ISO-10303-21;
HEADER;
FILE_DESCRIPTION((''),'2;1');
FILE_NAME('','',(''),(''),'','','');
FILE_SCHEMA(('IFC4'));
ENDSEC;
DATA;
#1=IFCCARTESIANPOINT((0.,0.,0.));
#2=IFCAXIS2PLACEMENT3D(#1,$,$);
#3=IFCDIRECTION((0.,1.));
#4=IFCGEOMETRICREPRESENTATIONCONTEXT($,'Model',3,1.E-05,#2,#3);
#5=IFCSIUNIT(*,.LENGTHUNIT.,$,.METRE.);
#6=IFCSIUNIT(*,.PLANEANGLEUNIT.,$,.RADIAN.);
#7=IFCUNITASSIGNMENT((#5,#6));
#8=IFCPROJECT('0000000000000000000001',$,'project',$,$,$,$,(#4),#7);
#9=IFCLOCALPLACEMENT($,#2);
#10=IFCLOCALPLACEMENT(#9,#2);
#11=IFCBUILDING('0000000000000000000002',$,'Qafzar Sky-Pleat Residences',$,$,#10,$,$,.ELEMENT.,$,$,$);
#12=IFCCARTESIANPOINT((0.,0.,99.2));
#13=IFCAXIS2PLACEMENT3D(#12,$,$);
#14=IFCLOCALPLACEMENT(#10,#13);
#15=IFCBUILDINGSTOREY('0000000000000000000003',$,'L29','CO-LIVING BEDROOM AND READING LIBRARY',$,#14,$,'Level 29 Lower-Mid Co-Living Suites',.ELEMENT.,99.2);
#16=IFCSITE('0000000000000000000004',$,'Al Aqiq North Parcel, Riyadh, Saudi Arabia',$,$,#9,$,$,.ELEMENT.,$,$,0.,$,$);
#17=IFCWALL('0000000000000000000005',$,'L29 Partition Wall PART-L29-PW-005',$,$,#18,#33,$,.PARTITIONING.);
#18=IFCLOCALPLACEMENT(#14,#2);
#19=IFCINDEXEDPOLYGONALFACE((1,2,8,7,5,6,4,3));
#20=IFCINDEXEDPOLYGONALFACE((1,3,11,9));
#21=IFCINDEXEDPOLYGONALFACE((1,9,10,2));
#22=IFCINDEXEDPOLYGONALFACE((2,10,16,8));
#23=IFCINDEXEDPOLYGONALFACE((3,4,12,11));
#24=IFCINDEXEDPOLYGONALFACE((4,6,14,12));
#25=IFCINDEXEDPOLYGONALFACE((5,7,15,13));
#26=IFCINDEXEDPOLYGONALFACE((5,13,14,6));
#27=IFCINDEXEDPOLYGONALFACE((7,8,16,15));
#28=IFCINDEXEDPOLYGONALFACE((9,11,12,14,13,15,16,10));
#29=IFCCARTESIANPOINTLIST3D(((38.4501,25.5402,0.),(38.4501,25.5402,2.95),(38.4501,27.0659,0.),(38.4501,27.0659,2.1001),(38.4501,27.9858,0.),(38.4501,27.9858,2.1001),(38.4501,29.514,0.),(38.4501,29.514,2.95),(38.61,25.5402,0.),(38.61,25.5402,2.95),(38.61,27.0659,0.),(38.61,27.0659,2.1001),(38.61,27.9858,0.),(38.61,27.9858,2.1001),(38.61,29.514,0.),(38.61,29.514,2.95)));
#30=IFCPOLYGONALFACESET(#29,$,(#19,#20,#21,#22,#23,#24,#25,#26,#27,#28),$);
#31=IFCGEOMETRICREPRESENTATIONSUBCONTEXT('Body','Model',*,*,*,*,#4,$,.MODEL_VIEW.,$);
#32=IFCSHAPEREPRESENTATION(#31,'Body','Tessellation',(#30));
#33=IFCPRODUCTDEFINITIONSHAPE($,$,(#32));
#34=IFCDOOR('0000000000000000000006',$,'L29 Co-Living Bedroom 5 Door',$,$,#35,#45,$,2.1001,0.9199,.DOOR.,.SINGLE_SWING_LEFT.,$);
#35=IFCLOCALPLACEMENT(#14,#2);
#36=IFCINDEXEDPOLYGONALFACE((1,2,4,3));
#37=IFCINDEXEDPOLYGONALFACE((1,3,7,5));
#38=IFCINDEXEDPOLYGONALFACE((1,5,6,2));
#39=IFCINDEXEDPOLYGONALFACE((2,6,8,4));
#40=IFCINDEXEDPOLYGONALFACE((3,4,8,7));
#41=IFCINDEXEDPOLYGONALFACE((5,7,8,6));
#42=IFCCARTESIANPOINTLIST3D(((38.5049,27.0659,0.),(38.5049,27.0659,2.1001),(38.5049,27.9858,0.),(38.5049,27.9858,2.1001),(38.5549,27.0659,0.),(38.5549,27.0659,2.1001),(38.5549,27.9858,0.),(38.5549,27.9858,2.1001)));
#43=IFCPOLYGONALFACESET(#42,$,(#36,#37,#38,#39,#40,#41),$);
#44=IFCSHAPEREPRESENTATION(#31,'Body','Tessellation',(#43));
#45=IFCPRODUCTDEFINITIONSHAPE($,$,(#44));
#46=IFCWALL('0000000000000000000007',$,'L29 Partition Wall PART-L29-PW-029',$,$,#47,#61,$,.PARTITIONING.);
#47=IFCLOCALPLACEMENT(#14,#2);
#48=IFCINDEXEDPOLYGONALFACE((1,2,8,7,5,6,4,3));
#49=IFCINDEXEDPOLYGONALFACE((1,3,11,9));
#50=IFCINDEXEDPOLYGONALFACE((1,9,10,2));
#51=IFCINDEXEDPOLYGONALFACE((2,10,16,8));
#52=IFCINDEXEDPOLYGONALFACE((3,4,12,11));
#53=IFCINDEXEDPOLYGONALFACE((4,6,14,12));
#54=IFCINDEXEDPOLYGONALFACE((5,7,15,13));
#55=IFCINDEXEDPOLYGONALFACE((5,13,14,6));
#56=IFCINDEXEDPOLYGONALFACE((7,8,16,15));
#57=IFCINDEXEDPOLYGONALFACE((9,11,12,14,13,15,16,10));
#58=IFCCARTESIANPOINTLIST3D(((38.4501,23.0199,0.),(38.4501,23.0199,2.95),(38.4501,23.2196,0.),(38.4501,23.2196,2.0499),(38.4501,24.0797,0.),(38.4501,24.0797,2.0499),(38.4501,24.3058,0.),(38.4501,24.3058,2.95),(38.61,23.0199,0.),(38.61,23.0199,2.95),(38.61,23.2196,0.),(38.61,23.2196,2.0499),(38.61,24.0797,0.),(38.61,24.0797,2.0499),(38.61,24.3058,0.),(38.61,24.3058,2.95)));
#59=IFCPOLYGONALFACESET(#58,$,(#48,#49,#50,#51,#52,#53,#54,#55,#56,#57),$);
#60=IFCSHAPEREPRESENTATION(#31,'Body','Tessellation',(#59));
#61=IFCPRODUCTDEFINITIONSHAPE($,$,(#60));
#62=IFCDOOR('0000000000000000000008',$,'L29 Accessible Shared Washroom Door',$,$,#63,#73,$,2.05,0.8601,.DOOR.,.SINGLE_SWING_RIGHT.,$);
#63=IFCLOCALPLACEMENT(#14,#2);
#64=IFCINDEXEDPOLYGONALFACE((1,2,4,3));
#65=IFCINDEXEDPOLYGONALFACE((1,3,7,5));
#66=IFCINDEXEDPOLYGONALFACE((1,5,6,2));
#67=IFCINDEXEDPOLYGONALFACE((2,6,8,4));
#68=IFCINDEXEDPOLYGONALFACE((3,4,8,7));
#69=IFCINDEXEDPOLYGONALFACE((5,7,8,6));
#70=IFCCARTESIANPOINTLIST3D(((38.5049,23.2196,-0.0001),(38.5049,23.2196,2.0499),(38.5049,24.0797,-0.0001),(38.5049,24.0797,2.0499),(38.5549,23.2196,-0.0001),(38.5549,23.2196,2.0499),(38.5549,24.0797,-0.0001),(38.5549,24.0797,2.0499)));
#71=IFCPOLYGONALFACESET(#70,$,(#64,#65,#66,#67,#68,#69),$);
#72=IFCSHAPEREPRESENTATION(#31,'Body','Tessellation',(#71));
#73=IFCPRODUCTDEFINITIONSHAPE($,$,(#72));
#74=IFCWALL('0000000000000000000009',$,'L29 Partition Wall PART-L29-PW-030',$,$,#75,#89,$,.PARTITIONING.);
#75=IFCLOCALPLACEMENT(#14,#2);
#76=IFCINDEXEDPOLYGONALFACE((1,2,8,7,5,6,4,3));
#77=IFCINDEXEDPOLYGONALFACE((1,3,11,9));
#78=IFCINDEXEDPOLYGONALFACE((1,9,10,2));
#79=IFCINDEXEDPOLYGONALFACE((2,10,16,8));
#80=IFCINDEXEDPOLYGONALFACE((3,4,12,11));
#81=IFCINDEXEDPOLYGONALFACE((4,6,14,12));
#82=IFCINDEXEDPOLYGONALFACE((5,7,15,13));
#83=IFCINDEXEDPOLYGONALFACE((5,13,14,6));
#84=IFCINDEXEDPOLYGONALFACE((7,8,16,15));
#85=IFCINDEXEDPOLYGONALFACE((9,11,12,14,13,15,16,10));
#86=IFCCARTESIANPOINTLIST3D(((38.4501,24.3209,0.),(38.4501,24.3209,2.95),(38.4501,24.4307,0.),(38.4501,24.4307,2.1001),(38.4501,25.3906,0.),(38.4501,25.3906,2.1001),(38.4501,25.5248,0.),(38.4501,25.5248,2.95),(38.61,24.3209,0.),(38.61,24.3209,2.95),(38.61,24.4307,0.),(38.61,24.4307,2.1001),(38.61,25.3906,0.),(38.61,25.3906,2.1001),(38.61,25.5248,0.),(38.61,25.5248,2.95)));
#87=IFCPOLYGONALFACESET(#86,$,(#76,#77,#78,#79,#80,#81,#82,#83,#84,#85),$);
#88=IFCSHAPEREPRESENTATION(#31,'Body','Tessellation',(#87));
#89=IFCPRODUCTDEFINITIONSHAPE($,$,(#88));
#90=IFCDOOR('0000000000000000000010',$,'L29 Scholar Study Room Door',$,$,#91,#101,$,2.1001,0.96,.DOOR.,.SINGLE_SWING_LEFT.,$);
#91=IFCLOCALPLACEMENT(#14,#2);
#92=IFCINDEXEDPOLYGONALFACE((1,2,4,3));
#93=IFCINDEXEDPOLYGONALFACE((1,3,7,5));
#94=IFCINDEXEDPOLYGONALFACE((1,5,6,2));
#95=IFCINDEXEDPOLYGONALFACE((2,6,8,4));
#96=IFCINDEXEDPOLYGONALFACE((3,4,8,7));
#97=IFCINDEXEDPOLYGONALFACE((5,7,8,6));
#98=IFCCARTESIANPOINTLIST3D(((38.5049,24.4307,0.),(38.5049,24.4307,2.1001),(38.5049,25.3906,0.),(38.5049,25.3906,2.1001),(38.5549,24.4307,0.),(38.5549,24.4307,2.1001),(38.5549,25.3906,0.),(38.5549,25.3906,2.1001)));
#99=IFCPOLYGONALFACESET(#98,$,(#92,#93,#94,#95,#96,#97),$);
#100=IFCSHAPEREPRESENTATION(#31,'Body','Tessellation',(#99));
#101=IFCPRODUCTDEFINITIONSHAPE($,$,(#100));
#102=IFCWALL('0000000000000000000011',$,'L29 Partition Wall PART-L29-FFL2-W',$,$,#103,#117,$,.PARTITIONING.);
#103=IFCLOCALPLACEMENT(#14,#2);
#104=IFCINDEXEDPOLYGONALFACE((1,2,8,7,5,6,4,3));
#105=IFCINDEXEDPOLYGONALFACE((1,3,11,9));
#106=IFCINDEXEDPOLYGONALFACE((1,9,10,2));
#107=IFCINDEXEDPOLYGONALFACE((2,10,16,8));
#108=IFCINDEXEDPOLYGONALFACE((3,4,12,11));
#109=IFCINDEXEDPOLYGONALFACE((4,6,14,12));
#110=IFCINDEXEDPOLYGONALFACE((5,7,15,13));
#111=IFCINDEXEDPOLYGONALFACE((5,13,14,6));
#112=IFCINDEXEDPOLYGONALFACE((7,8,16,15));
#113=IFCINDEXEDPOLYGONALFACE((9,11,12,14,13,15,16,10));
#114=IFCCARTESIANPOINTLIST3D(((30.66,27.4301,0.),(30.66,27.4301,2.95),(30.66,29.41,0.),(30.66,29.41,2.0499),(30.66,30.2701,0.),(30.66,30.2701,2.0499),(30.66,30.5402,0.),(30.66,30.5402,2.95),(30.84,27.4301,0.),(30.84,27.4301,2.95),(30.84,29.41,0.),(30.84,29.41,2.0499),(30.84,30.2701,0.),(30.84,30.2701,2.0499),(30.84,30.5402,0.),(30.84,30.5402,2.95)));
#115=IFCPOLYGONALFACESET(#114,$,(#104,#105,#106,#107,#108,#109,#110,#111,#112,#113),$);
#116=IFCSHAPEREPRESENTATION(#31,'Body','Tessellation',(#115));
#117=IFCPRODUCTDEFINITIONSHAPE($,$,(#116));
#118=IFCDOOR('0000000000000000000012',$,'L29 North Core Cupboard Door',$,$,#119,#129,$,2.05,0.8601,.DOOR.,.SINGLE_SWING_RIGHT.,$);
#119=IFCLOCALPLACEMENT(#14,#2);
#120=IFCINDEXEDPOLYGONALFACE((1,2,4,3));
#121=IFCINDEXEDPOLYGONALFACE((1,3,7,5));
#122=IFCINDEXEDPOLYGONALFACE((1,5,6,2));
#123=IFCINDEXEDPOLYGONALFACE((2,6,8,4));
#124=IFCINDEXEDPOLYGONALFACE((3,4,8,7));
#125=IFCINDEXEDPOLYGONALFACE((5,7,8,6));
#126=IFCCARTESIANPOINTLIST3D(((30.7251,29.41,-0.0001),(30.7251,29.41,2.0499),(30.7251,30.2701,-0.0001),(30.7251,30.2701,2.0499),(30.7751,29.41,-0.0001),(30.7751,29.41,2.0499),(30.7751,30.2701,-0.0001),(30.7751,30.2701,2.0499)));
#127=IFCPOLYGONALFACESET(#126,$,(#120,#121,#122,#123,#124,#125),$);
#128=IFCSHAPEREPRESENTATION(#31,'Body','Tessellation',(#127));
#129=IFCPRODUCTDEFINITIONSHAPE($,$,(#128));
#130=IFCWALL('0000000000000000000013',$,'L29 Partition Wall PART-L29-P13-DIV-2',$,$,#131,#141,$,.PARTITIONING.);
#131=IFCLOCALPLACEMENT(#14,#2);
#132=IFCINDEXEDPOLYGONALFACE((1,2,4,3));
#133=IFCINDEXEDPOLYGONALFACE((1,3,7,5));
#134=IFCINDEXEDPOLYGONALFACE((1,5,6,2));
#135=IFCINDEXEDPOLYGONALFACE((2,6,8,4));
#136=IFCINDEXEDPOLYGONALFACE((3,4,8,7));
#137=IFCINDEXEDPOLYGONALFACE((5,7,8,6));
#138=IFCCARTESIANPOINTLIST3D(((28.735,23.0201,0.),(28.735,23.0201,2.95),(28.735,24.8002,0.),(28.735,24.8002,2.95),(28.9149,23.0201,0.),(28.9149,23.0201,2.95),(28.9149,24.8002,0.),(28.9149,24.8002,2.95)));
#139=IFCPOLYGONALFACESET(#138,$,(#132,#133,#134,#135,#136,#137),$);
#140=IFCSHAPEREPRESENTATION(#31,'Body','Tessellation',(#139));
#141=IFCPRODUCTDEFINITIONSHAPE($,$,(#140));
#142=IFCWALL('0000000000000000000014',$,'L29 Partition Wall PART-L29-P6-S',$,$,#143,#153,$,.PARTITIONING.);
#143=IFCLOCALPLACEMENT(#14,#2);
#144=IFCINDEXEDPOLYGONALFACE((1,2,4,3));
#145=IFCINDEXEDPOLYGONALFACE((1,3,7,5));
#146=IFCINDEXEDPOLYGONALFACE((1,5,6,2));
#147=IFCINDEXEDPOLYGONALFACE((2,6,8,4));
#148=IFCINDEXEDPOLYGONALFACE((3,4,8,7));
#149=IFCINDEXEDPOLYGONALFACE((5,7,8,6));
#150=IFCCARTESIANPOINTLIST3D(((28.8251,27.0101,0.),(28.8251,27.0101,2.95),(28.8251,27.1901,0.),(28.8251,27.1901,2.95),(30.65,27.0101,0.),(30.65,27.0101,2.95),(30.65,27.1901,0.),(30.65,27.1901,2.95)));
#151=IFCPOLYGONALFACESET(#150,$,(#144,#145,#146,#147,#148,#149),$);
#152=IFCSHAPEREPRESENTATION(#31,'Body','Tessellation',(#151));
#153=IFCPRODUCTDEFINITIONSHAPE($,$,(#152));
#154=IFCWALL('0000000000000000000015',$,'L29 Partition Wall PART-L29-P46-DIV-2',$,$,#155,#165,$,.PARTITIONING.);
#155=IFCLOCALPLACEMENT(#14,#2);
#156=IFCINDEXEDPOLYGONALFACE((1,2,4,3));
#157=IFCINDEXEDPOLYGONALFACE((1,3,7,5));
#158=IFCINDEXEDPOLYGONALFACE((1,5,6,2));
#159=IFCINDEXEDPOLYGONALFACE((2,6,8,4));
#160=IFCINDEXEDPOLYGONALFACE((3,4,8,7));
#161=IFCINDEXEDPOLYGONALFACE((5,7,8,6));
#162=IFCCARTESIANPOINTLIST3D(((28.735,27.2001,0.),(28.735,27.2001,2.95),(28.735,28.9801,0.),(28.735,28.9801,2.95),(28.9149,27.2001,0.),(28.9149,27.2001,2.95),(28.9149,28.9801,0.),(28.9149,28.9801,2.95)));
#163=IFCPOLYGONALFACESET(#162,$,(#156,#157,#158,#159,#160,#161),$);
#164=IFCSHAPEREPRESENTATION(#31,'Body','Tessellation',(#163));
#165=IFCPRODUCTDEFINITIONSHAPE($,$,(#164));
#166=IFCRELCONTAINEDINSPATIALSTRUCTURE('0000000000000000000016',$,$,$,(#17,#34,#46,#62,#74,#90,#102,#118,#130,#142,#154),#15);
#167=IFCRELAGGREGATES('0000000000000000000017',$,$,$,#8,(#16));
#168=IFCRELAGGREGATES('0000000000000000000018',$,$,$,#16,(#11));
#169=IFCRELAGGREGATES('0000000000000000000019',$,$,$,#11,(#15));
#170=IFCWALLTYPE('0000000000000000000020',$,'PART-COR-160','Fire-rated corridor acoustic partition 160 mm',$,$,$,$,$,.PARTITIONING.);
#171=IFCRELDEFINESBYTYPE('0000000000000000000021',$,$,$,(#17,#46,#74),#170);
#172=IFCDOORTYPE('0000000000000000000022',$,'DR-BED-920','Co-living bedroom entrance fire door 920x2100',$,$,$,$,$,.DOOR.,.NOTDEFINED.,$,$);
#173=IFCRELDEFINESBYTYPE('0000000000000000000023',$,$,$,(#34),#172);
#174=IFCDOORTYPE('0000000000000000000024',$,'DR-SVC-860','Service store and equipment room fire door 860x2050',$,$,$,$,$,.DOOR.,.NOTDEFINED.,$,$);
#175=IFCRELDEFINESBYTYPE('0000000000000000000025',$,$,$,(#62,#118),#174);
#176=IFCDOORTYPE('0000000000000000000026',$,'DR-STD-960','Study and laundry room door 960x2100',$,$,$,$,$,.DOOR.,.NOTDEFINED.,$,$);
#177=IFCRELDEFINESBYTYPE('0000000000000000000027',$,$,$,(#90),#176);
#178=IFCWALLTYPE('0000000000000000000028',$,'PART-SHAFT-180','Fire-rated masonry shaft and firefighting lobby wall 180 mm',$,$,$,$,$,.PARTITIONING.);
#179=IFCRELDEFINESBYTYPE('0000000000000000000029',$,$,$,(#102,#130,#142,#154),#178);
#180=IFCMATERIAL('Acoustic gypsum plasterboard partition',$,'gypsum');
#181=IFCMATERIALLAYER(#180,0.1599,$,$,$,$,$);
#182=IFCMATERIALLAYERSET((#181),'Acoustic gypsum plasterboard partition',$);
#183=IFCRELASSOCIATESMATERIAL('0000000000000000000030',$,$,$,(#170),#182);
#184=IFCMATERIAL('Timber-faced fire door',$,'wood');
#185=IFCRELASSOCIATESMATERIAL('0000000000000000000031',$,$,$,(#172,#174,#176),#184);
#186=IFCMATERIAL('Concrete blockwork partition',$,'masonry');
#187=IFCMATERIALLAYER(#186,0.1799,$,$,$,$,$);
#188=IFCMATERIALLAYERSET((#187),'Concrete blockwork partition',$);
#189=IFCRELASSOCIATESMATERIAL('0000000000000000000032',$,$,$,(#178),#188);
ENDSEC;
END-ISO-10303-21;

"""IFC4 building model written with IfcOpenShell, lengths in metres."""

from ifc_helpers import new_model, si_unit, direction, frame, frame_2d, origin, place, context, subcontext, project, spatial, rectangle, extrude, source, transform, mapped, material, layer, layer_set, type_object, element, fill, save


model = new_model("IFC4")

# Units and contexts
model_context = context("Model", 3, precision=1e-05, world=origin(), true_north=direction((0.0, 1.0)))
body_context = subcontext(model_context, "Body", "Model", "MODEL_VIEW")
ifc_project = project(units=[si_unit("LENGTHUNIT", "METRE"), si_unit("PLANEANGLEUNIT", "RADIAN")], contexts=[model_context])

# Site, building, storey
site_placement = place(None, origin())
site = spatial("IfcSite", under=ifc_project, at=site_placement, Name="Al Aqiq North Parcel, Riyadh, Saudi Arabia", CompositionType="ELEMENT", RefElevation=0.0)
building_placement = place(site_placement, origin())
building = spatial("IfcBuilding", under=site, at=building_placement, Name="Qafzar Sky-Pleat Residences", CompositionType="ELEMENT")
storey_placement = place(building_placement, frame((0.0, 0.0, 99.2)))
storey = spatial("IfcBuildingStorey", under=building, at=storey_placement, Name="L29", Description="CO-LIVING BEDROOM AND READING LIBRARY", LongName="Level 29 Lower-Mid Co-Living Suites", CompositionType="ELEMENT", Elevation=99.2)

# Walls, openings, doors
ifc_material_1 = material(Name="Acoustic gypsum plasterboard partition", Category="gypsum")
ifc_layer_1 = layer(ifc_material_1, 0.1599)
ifc_layer_set_1 = layer_set([ifc_layer_1], Name="Acoustic gypsum plasterboard partition")
wall_type_1 = type_object("IfcWallType", Name="PART-COR-160", Description="Fire-rated corridor acoustic partition 160 mm", PredefinedType="PARTITIONING", material=ifc_layer_set_1)
wall_1_placement = place(storey_placement, frame((38.53, 29.5139, 0.0), z_axis=(0.0, 0.0, 1.0), x_axis=(0.0, -1.0, 0.0)))
wall_1 = element("IfcWall", 1, at=wall_1_placement, inside=storey, type_object=wall_type_1, Name="L29 Partition Wall PART-L29-PW-005", PredefinedType="PARTITIONING", context=body_context, shape_type="SweptSolid", body=[
    extrude(rectangle(XDim=3.9739, YDim=0.1599, at=frame_2d((1.9868, 0.0))), origin(), (0.0, 0.0, 1.0), 2.95),
])
opening_1_placement = place(wall_1_placement, frame((1.5281, 0.0, 0.0)))
opening_1 = element("IfcOpeningElement", 2, at=opening_1_placement, cuts=wall_1, PredefinedType="OPENING", context=body_context, shape_type="SweptSolid", body=[
    extrude(rectangle(XDim=0.9199, YDim=2.1001, at=frame_2d((0.46, 1.05))), frame((0.0, 0.0898, 0.0), z_axis=(0.0, -1.0, 0.0), x_axis=(1.0, 0.0, 0.0)), (0.0, 0.0, 1.0), 0.1799),
])
ifc_material_2 = material(Name="Timber-faced fire door", Category="wood")
door_type_1 = type_object("IfcDoorType", Name="DR-BED-920", Description="Co-living bedroom entrance fire door 920x2100", OperationType="NOTDEFINED", PredefinedType="DOOR", material=ifc_material_2)
shared_shape_1 = source(origin(), body_context, "Body", "SweptSolid", [
    extrude(rectangle(XDim=0.9199, YDim=2.1001, at=frame_2d((0.46, 1.05))), frame((0.0, 0.0249, 0.0), z_axis=(0.0, -1.0, 0.0), x_axis=(1.0, 0.0, 0.0)), (0.0, 0.0, 1.0), 0.05),
])
door_1_placement = place(opening_1_placement, origin())
door_1 = element("IfcDoor", 3, at=door_1_placement, inside=storey, type_object=door_type_1, Name="L29 Co-Living Bedroom 5 Door", OperationType="SINGLE_SWING_LEFT", OverallHeight=2.1001, OverallWidth=0.9199, PredefinedType="DOOR", context=body_context, shape_type="MappedRepresentation", body=[
    mapped(shared_shape_1, transform((0.0, 0.0, 0.0), x_axis=(1.0, 0.0, 0.0), y_axis=(0.0, 1.0, 0.0), z_axis=(0.0, 0.0, 1.0), scale=1.0)),
])
fill(opening_1, door_1)
wall_2_placement = place(storey_placement, frame((38.53, 24.3059, 0.0), z_axis=(0.0, 0.0, 1.0), x_axis=(0.0, -1.0, 0.0)))
wall_2 = element("IfcWall", 4, at=wall_2_placement, inside=storey, type_object=wall_type_1, Name="L29 Partition Wall PART-L29-PW-029", PredefinedType="PARTITIONING", context=body_context, shape_type="SweptSolid", body=[
    extrude(rectangle(XDim=1.2859, YDim=0.1599, at=frame_2d((0.6431, 0.0))), origin(), (0.0, 0.0, 1.0), 2.95),
])
opening_2_placement = place(wall_2_placement, frame((0.2261, 0.0, 0.0)))
opening_2 = element("IfcOpeningElement", 5, at=opening_2_placement, cuts=wall_2, PredefinedType="OPENING", context=body_context, shape_type="SweptSolid", body=[
    extrude(rectangle(XDim=0.8601, YDim=2.05, at=frame_2d((0.4302, 1.0249))), frame((0.0, 0.0898, 0.0), z_axis=(0.0, -1.0, 0.0), x_axis=(1.0, 0.0, 0.0)), (0.0, 0.0, 1.0), 0.1799),
])
door_type_2 = type_object("IfcDoorType", Name="DR-SVC-860", Description="Service store and equipment room fire door 860x2050", OperationType="NOTDEFINED", PredefinedType="DOOR", material=ifc_material_2)
shared_shape_2 = source(origin(), body_context, "Body", "SweptSolid", [
    extrude(rectangle(XDim=0.8601, YDim=2.05, at=frame_2d((0.4302, 1.0249))), frame((0.0, 0.0249, 0.0), z_axis=(0.0, -1.0, 0.0), x_axis=(1.0, 0.0, 0.0)), (0.0, 0.0, 1.0), 0.05),
])
door_2_placement = place(opening_2_placement, origin())
door_2 = element("IfcDoor", 6, at=door_2_placement, inside=storey, type_object=door_type_2, Name="L29 Accessible Shared Washroom Door", OperationType="SINGLE_SWING_RIGHT", OverallHeight=2.05, OverallWidth=0.8601, PredefinedType="DOOR", context=body_context, shape_type="MappedRepresentation", body=[
    mapped(shared_shape_2, transform((0.0, 0.0, 0.0), x_axis=(1.0, 0.0, 0.0), y_axis=(0.0, 1.0, 0.0), z_axis=(0.0, 0.0, 1.0), scale=1.0)),
])
fill(opening_2, door_2)
wall_3_placement = place(storey_placement, frame((38.53, 25.5249, 0.0), z_axis=(0.0, 0.0, 1.0), x_axis=(0.0, -1.0, 0.0)))
wall_3 = element("IfcWall", 7, at=wall_3_placement, inside=storey, type_object=wall_type_1, Name="L29 Partition Wall PART-L29-PW-030", PredefinedType="PARTITIONING", context=body_context, shape_type="SweptSolid", body=[
    extrude(rectangle(XDim=1.2039, YDim=0.1599, at=frame_2d((0.6021, 0.0))), origin(), (0.0, 0.0, 1.0), 2.95),
])
opening_3_placement = place(wall_3_placement, frame((0.1343, 0.0, 0.0)))
opening_3 = element("IfcOpeningElement", 8, at=opening_3_placement, cuts=wall_3, PredefinedType="OPENING", context=body_context, shape_type="SweptSolid", body=[
    extrude(rectangle(XDim=0.96, YDim=2.1001, at=frame_2d((0.48, 1.05))), frame((0.0, 0.0898, 0.0), z_axis=(0.0, -1.0, 0.0), x_axis=(1.0, 0.0, 0.0)), (0.0, 0.0, 1.0), 0.1799),
])
door_type_3 = type_object("IfcDoorType", Name="DR-STD-960", Description="Study and laundry room door 960x2100", OperationType="NOTDEFINED", PredefinedType="DOOR", material=ifc_material_2)
shared_shape_3 = source(origin(), body_context, "Body", "SweptSolid", [
    extrude(rectangle(XDim=0.96, YDim=2.1001, at=frame_2d((0.48, 1.05))), frame((0.0, 0.0249, 0.0), z_axis=(0.0, -1.0, 0.0), x_axis=(1.0, 0.0, 0.0)), (0.0, 0.0, 1.0), 0.05),
])
door_3_placement = place(opening_3_placement, origin())
door_3 = element("IfcDoor", 9, at=door_3_placement, inside=storey, type_object=door_type_3, Name="L29 Scholar Study Room Door", OperationType="SINGLE_SWING_LEFT", OverallHeight=2.1001, OverallWidth=0.96, PredefinedType="DOOR", context=body_context, shape_type="MappedRepresentation", body=[
    mapped(shared_shape_3, transform((0.0, 0.0, 0.0), x_axis=(1.0, 0.0, 0.0), y_axis=(0.0, 1.0, 0.0), z_axis=(0.0, 0.0, 1.0), scale=1.0)),
])
fill(opening_3, door_3)
ifc_material_3 = material(Name="Concrete blockwork partition", Category="masonry")
ifc_layer_2 = layer(ifc_material_3, 0.1799)
ifc_layer_set_2 = layer_set([ifc_layer_2], Name="Concrete blockwork partition")
wall_type_2 = type_object("IfcWallType", Name="PART-SHAFT-180", Description="Fire-rated masonry shaft and firefighting lobby wall 180 mm", PredefinedType="PARTITIONING", material=ifc_layer_set_2)
wall_4_placement = place(storey_placement, frame((30.75, 27.4299, 0.0), z_axis=(0.0, 0.0, 1.0), x_axis=(0.0, 1.0, 0.0)))
wall_4 = element("IfcWall", 10, at=wall_4_placement, inside=storey, type_object=wall_type_2, Name="L29 Partition Wall PART-L29-FFL2-W", PredefinedType="PARTITIONING", context=body_context, shape_type="SweptSolid", body=[
    extrude(rectangle(XDim=3.1101, YDim=0.1799, at=frame_2d((1.5552, 0.0))), origin(), (0.0, 0.0, 1.0), 2.95),
])
opening_4_placement = place(wall_4_placement, frame((1.98, 0.0, 0.0)))
opening_4 = element("IfcOpeningElement", 11, at=opening_4_placement, cuts=wall_4, PredefinedType="OPENING", context=body_context, shape_type="SweptSolid", body=[
    extrude(rectangle(XDim=0.8601, YDim=2.05, at=frame_2d((0.4302, 1.0249))), frame((0.0, 0.1001, 0.0), z_axis=(0.0, -1.0, 0.0), x_axis=(1.0, 0.0, 0.0)), (0.0, 0.0, 1.0), 0.2),
])
door_4_placement = place(opening_4_placement, origin())
door_4 = element("IfcDoor", 12, at=door_4_placement, inside=storey, type_object=door_type_2, Name="L29 North Core Cupboard Door", OperationType="SINGLE_SWING_RIGHT", OverallHeight=2.05, OverallWidth=0.8601, PredefinedType="DOOR", context=body_context, shape_type="MappedRepresentation", body=[
    mapped(shared_shape_2, transform((0.0, 0.0, 0.0), x_axis=(1.0, 0.0, 0.0), y_axis=(0.0, 1.0, 0.0), z_axis=(0.0, 0.0, 1.0), scale=1.0)),
])
fill(opening_4, door_4)

# Walls
wall_5_placement = place(storey_placement, frame((28.825, 23.02, 0.0), z_axis=(0.0, 0.0, 1.0), x_axis=(0.0, 1.0, 0.0)))
element("IfcWall", 13, at=wall_5_placement, inside=storey, type_object=wall_type_2, Name="L29 Partition Wall PART-L29-P13-DIV-2", PredefinedType="PARTITIONING", context=body_context, shape_type="SweptSolid", body=[
    extrude(rectangle(XDim=1.78, YDim=0.1799, at=frame_2d((0.8901, 0.0))), origin(), (0.0, 0.0, 1.0), 2.95),
])
wall_6_placement = place(storey_placement, frame((28.825, 27.1001, 0.0), z_axis=(0.0, 0.0, 1.0), x_axis=(1.0, 0.0, 0.0)))
element("IfcWall", 14, at=wall_6_placement, inside=storey, type_object=wall_type_2, Name="L29 Partition Wall PART-L29-P6-S", PredefinedType="PARTITIONING", context=body_context, shape_type="SweptSolid", body=[
    extrude(rectangle(XDim=1.825, YDim=0.1799, at=frame_2d((0.9126, 0.0))), origin(), (0.0, 0.0, 1.0), 2.95),
])
wall_7_placement = place(storey_placement, frame((28.825, 27.2, 0.0), z_axis=(0.0, 0.0, 1.0), x_axis=(0.0, 1.0, 0.0)))
element("IfcWall", 15, at=wall_7_placement, inside=storey, type_object=wall_type_2, Name="L29 Partition Wall PART-L29-P46-DIV-2", PredefinedType="PARTITIONING", context=body_context, shape_type="SweptSolid", body=[
    extrude(rectangle(XDim=1.78, YDim=0.1799, at=frame_2d((0.8901, 0.0))), origin(), (0.0, 0.0, 1.0), 2.95),
])

save(model, "model.ifc")
